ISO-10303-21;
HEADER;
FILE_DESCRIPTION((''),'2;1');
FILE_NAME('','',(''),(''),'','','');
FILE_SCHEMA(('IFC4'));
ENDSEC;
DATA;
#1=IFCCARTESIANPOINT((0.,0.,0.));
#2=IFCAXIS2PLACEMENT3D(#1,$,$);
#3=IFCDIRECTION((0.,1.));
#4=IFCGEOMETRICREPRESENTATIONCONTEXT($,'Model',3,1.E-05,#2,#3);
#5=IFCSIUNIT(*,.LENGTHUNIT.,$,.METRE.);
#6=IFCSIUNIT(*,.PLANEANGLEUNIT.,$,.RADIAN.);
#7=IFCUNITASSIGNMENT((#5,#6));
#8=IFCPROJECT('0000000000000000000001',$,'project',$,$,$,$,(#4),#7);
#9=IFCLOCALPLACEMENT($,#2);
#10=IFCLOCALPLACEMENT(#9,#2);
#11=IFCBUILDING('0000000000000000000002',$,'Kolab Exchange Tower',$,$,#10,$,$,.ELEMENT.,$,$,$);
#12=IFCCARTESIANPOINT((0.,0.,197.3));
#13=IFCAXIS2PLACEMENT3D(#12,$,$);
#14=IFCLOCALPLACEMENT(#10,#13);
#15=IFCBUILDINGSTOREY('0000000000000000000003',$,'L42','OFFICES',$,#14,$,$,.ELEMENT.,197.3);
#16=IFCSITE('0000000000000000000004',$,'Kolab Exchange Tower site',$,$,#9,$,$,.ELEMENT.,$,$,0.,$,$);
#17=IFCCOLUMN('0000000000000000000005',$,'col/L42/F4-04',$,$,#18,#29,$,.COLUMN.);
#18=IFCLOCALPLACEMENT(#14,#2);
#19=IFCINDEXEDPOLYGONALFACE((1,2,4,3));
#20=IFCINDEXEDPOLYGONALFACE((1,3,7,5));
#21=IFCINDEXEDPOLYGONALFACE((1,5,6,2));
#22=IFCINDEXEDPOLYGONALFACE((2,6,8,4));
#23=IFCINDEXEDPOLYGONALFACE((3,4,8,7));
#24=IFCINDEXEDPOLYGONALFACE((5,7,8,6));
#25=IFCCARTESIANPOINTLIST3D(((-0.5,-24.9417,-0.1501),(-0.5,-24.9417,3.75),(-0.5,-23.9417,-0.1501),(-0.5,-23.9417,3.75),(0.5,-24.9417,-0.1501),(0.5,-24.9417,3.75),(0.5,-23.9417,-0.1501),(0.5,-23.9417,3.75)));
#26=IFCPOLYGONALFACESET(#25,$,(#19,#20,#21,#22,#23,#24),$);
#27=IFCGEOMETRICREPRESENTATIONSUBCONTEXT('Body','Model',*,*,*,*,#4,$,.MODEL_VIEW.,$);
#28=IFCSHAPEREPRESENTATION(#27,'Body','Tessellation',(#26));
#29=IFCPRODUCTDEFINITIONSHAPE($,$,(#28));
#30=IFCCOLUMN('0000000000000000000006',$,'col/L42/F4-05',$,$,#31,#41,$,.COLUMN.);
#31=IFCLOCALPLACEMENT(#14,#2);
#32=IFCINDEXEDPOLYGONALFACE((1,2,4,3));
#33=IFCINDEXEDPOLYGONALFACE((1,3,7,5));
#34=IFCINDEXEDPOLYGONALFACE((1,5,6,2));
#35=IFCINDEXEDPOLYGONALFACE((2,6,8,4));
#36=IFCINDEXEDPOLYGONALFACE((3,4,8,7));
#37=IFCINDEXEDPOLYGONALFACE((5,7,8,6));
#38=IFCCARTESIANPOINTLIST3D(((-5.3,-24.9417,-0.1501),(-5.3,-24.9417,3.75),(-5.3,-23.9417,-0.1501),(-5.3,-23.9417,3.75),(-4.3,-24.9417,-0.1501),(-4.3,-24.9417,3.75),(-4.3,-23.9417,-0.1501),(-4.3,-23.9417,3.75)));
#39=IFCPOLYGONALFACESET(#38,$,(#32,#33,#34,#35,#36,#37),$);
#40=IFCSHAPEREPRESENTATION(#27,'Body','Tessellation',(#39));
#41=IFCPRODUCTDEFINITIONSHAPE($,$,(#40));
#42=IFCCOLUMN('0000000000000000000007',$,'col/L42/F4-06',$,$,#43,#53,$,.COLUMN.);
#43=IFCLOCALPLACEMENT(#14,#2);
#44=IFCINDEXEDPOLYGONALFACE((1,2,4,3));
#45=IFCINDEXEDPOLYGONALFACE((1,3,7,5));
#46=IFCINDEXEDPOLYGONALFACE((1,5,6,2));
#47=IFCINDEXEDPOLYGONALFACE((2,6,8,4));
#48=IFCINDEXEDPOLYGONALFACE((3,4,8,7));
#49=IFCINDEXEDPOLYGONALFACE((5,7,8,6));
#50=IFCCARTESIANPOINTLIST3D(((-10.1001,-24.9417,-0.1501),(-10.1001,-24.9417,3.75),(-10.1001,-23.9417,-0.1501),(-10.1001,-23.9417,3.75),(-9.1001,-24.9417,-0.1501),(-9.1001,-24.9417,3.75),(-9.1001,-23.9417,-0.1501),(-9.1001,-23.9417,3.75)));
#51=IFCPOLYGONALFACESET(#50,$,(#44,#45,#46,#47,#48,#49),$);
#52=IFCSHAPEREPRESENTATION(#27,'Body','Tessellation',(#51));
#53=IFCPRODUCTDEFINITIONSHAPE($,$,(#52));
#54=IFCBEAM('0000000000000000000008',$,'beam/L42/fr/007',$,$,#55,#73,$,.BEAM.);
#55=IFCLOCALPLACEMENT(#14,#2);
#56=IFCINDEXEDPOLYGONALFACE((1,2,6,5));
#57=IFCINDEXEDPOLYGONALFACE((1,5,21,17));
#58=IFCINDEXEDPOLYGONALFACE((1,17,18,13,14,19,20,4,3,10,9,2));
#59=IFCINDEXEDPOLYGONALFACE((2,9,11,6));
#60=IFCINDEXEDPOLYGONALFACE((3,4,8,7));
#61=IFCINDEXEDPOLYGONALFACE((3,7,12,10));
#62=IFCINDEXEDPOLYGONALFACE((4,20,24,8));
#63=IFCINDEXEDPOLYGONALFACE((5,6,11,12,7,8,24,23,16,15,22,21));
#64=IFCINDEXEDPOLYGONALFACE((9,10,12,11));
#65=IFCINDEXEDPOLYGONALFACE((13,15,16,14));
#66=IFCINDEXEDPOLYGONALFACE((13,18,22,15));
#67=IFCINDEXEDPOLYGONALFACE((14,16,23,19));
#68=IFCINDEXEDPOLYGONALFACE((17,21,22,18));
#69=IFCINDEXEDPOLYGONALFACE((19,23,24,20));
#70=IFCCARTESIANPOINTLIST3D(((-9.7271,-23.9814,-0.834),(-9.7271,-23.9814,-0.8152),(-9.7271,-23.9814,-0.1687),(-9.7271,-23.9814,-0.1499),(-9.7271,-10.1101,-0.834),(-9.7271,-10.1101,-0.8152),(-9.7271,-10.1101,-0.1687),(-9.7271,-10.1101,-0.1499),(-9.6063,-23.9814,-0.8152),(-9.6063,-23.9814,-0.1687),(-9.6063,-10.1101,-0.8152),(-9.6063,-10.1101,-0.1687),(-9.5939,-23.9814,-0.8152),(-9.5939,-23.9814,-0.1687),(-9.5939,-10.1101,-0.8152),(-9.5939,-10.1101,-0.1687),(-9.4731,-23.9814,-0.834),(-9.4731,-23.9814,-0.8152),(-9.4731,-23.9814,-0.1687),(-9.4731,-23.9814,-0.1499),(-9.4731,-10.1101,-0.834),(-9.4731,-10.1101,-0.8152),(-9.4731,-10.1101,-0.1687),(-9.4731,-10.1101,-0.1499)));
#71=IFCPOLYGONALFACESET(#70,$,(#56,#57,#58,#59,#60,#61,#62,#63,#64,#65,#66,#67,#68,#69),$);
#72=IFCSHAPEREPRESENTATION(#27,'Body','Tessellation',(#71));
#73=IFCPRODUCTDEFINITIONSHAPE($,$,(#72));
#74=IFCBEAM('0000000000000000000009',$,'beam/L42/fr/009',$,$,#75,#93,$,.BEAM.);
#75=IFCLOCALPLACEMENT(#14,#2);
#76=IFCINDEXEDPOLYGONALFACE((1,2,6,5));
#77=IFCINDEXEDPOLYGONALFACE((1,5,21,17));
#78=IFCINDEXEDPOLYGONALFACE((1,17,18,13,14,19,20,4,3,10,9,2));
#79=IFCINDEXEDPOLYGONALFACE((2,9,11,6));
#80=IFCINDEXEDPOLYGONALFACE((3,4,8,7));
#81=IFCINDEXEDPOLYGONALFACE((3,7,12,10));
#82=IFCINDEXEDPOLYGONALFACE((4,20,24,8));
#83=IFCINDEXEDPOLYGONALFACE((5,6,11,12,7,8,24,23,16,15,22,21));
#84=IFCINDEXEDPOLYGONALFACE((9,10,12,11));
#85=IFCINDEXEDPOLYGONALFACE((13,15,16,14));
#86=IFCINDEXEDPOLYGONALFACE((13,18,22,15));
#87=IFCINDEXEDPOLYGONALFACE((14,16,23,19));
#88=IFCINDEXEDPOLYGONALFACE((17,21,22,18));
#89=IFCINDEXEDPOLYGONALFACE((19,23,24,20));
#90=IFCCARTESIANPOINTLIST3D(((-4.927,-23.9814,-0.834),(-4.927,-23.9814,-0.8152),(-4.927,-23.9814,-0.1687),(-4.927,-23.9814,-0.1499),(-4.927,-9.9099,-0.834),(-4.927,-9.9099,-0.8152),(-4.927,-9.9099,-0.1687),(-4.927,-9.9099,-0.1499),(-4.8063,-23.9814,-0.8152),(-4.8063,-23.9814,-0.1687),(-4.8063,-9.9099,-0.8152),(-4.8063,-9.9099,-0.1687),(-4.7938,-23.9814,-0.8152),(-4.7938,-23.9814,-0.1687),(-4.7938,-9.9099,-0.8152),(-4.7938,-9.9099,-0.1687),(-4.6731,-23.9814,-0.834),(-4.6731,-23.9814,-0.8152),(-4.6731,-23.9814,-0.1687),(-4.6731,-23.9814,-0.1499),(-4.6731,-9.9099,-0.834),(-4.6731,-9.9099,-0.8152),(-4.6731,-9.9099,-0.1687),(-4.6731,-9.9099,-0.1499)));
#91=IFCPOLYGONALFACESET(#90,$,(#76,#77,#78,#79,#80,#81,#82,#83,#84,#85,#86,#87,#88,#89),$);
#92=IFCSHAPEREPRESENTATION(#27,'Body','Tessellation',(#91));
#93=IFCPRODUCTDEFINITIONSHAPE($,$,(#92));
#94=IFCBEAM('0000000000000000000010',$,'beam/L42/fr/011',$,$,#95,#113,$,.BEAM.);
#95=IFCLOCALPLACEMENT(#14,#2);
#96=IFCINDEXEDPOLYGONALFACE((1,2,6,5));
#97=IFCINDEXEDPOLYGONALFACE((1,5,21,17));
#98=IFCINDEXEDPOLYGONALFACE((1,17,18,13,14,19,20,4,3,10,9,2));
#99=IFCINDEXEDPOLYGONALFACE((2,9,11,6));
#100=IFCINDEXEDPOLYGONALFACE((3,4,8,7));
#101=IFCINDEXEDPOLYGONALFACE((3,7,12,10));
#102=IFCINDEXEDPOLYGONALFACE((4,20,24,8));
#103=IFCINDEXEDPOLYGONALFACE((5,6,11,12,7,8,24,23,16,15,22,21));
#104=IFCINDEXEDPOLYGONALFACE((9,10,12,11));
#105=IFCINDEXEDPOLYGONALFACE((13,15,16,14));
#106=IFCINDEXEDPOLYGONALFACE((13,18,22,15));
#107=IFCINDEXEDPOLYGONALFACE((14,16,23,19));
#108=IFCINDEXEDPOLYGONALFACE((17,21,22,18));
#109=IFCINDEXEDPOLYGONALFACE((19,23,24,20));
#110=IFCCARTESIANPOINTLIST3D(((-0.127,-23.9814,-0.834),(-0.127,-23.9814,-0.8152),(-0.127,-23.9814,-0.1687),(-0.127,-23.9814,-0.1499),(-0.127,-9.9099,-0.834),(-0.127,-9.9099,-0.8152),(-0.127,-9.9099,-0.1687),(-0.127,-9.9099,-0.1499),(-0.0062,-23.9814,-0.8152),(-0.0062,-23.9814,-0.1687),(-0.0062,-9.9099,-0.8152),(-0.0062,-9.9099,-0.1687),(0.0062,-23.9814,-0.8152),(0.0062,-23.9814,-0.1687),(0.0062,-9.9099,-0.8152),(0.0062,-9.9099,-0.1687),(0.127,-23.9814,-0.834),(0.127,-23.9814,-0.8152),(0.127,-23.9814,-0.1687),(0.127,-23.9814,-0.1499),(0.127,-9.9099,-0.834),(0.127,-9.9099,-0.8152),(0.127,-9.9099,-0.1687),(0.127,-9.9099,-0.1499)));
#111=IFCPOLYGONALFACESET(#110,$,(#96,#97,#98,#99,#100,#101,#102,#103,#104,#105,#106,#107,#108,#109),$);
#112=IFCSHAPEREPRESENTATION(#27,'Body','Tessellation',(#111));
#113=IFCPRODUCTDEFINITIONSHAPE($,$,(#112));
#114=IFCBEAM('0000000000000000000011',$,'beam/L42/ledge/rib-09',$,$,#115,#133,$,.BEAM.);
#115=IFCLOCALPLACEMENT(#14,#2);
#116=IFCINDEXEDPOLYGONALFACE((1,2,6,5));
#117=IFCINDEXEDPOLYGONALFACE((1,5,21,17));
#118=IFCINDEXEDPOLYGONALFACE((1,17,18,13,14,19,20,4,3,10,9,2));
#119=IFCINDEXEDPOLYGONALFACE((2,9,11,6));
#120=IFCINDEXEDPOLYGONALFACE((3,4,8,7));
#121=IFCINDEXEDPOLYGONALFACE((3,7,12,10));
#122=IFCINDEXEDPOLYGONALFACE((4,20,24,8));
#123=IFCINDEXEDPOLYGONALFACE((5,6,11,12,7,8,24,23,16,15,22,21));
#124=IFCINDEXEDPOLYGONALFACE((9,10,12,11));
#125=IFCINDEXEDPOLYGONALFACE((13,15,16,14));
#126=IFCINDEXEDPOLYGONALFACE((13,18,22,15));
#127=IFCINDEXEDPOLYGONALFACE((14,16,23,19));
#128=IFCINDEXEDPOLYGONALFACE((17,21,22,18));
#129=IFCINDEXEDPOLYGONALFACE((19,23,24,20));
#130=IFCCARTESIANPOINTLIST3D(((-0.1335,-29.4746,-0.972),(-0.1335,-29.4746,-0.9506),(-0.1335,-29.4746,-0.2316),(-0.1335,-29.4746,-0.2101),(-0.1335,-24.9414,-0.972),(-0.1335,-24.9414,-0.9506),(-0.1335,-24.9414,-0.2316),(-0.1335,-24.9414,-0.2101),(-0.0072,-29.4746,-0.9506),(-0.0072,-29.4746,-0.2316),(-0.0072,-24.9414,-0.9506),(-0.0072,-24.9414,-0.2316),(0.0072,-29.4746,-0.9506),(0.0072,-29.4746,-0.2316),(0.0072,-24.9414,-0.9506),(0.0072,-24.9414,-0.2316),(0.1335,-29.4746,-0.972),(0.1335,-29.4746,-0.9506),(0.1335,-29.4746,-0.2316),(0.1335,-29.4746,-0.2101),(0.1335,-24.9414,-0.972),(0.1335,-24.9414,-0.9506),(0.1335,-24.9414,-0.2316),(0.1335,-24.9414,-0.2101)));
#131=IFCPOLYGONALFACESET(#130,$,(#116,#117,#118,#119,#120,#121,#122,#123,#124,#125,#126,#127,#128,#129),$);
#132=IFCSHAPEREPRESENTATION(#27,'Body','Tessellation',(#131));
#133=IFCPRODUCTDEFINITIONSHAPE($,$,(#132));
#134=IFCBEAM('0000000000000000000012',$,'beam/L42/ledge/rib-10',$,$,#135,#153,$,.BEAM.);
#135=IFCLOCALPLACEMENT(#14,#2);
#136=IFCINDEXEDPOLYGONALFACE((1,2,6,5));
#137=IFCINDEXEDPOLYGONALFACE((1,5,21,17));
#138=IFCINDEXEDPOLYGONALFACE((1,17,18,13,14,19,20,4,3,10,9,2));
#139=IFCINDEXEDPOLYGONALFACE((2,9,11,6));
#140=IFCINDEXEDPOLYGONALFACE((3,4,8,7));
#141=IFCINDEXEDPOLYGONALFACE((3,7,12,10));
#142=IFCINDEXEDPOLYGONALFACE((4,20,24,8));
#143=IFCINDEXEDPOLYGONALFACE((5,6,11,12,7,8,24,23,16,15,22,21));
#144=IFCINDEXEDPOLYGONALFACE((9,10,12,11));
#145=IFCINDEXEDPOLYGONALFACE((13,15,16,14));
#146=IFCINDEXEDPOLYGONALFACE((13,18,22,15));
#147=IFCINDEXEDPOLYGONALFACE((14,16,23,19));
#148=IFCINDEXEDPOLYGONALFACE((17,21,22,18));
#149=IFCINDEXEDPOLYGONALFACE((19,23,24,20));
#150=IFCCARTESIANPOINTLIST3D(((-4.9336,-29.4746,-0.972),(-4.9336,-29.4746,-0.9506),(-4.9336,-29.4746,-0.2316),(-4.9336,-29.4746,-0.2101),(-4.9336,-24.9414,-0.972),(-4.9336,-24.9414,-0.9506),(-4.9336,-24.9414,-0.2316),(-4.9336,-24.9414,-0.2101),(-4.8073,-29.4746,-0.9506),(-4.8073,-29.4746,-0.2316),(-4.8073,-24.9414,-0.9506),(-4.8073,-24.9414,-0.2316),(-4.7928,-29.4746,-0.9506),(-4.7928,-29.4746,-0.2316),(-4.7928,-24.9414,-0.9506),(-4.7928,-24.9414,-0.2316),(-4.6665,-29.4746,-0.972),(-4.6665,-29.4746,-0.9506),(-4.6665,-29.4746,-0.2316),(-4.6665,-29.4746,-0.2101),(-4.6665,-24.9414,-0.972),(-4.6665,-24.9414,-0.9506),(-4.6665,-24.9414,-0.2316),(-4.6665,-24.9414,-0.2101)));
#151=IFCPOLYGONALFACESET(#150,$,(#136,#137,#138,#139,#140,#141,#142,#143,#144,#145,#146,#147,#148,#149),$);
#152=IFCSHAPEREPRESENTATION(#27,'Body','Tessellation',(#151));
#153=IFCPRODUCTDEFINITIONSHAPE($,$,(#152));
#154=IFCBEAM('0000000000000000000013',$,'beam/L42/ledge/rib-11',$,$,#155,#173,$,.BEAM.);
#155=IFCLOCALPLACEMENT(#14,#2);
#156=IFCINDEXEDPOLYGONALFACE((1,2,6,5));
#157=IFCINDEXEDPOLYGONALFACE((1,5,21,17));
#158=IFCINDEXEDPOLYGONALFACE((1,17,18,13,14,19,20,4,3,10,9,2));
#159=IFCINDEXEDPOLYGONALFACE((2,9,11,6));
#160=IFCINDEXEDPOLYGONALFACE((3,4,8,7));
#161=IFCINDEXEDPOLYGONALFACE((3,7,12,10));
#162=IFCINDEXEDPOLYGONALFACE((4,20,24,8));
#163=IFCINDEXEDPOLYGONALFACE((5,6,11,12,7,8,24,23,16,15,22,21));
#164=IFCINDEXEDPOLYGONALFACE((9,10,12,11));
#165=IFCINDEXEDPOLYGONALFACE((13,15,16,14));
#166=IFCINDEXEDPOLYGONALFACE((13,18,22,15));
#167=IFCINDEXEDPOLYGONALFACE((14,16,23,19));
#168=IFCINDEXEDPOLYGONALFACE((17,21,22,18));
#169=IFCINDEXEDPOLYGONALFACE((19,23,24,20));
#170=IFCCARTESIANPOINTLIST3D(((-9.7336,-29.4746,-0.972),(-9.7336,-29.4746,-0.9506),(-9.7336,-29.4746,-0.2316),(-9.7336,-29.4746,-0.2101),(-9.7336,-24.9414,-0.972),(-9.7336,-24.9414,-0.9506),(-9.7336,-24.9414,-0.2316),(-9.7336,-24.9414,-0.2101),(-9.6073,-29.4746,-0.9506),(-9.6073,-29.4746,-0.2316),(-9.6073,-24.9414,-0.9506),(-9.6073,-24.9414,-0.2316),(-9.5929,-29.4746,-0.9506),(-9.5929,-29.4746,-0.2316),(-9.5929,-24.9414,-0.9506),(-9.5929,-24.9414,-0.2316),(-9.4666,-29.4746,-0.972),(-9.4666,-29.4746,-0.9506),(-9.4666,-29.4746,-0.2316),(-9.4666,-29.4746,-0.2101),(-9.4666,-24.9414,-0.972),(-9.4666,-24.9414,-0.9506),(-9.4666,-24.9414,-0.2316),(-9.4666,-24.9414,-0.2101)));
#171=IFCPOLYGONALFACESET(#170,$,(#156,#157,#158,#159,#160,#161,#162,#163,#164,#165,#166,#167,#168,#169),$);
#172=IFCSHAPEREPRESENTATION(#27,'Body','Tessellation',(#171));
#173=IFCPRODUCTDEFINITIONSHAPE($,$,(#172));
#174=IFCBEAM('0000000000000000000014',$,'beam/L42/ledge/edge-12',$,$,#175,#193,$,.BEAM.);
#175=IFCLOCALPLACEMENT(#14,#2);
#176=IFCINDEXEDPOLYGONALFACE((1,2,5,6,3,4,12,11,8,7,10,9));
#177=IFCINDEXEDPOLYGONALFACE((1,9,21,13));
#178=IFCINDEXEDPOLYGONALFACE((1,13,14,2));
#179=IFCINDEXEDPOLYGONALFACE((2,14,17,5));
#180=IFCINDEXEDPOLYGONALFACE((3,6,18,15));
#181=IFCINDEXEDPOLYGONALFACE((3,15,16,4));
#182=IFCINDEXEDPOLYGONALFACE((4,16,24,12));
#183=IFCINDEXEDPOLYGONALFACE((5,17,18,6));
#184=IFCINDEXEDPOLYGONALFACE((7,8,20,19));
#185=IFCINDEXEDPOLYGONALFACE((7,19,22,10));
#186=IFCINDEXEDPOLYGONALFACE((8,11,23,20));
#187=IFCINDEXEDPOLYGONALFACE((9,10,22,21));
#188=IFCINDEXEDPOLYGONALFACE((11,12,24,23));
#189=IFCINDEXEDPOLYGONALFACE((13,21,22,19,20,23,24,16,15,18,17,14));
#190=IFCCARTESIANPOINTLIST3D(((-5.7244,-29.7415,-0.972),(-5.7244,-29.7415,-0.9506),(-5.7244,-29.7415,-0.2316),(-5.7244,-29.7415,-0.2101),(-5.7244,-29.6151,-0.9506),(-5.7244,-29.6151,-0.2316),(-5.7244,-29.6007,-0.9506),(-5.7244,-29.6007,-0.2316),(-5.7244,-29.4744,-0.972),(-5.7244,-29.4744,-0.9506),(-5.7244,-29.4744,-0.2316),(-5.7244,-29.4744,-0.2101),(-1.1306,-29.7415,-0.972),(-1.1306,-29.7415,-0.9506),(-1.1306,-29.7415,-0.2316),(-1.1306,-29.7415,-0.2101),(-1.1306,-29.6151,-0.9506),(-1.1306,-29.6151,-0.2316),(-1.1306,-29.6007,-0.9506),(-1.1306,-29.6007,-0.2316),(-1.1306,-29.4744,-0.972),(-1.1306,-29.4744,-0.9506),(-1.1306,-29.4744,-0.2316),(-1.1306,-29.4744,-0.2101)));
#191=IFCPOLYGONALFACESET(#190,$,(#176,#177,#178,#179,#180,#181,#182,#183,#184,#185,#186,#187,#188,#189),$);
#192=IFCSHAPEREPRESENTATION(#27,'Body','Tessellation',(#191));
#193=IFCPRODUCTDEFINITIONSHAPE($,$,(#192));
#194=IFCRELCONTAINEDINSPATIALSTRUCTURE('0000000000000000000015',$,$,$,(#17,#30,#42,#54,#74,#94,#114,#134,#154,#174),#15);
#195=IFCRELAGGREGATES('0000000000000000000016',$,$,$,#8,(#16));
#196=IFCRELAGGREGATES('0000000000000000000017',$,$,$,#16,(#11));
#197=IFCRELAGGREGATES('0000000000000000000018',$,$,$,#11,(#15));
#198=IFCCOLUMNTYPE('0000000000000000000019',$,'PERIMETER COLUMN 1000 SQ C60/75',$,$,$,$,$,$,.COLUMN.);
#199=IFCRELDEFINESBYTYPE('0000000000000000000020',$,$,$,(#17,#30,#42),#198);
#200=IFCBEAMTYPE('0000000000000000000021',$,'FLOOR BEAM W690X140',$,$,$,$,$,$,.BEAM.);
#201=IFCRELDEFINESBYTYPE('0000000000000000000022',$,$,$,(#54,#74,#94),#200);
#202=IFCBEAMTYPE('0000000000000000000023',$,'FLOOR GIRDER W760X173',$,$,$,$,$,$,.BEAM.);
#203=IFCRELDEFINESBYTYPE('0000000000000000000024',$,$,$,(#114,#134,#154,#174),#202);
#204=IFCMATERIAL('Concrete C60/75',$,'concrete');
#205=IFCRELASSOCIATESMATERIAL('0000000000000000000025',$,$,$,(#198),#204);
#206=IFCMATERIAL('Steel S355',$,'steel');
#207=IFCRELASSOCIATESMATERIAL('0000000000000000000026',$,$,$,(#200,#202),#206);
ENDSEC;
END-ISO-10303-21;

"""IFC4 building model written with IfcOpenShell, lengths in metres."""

from ifc_helpers import new_model, si_unit, direction, frame, origin, origin_2d, place, context, subcontext, project, spatial, rectangle, i_section, extrude, material, material_profile, profile_set, type_object, element, save


model = new_model("IFC4")

# Units and contexts
model_context = context("Model", 3, precision=1e-05, world=origin(), true_north=direction((0.0, 1.0)))
body_context = subcontext(model_context, "Body", "Model", "MODEL_VIEW")
ifc_project = project(units=[si_unit("LENGTHUNIT", "METRE"), si_unit("PLANEANGLEUNIT", "RADIAN")], contexts=[model_context])

# Site, building, storey
site_placement = place(None, origin())
site = spatial("IfcSite", under=ifc_project, at=site_placement, Name="Kolab Exchange Tower site", CompositionType="ELEMENT", RefElevation=0.0)
building_placement = place(site_placement, origin())
building = spatial("IfcBuilding", under=site, at=building_placement, Name="Kolab Exchange Tower", CompositionType="ELEMENT")
storey_placement = place(building_placement, frame((0.0, 0.0, 197.3)))
storey = spatial("IfcBuildingStorey", under=building, at=storey_placement, Name="L42", Description="OFFICES", CompositionType="ELEMENT", Elevation=197.3)

# Columns
ifc_material_1 = material(Name="Concrete C60/75", Category="concrete")
ifc_material_profile_1 = material_profile(ifc_material_1, rectangle(XDim=1.0, YDim=1.0, at=origin_2d()), Name="RC1000")
ifc_profile_set_1 = profile_set([ifc_material_profile_1], Name="Concrete C60/75")
column_type = type_object("IfcColumnType", Name="PERIMETER COLUMN 1000 SQ C60/75", PredefinedType="COLUMN", material=ifc_profile_set_1)
for number, where, z_axis, x_axis, name in (
    (1, (0.0, -24.4417, -0.1501), (0.0, 0.0, 1.0), (1.0, 0.0, 0.0), "col/L42/F4-04"),
    (2, (-4.8, -24.4417, -0.1501), (0.0, 0.0, 1.0), (1.0, 0.0, 0.0), "col/L42/F4-05"),
    (3, (-9.6001, -24.4417, -0.1501), (0.0, 0.0, 1.0), (1.0, 0.0, 0.0), "col/L42/F4-06"),
):
    element("IfcColumn", number, at=place(storey_placement, frame(where, z_axis=z_axis, x_axis=x_axis)), inside=storey, type_object=column_type, Name=name, PredefinedType="COLUMN", context=body_context, shape_type="SweptSolid", body=[
        extrude(rectangle(XDim=1.0, YDim=1.0, at=origin_2d()), origin(), (0.0, 0.0, 1.0), 3.9001),
    ])

# Beams
ifc_material_2 = material(Name="Steel S355", Category="steel")
ifc_material_profile_2 = material_profile(ifc_material_2, i_section(OverallWidth=0.2539, OverallDepth=0.6841, WebThickness=0.0125, FlangeThickness=0.0188, at=origin_2d()), Name="W690X140")
ifc_profile_set_2 = profile_set([ifc_material_profile_2], Name="Steel S355")
beam_type_1 = type_object("IfcBeamType", Name="FLOOR BEAM W690X140", PredefinedType="BEAM", material=ifc_profile_set_2)
beam_1_placement = place(storey_placement, frame((-9.6001, -23.9814, -0.4919), z_axis=(0.0, 1.0, 0.0), x_axis=(-1.0, 0.0, 0.0)))
element("IfcBeam", 4, at=beam_1_placement, inside=storey, type_object=beam_type_1, Name="beam/L42/fr/007", PredefinedType="BEAM", context=body_context, shape_type="SweptSolid", body=[
    extrude(i_section(OverallWidth=0.2539, OverallDepth=0.6841, WebThickness=0.0125, FlangeThickness=0.0188, at=origin_2d()), origin(), (0.0, 0.0, 1.0), 13.8713),
])
for number, where, z_axis, x_axis, name in (
    (5, (-4.8, -23.9814, -0.4919), (0.0, 1.0, 0.0), (-1.0, 0.0, 0.0), "beam/L42/fr/009"),
    (6, (0.0, -23.9814, -0.4919), (0.0, 1.0, 0.0), (-1.0, 0.0, 0.0), "beam/L42/fr/011"),
):
    element("IfcBeam", number, at=place(storey_placement, frame(where, z_axis=z_axis, x_axis=x_axis)), inside=storey, type_object=beam_type_1, Name=name, PredefinedType="BEAM", context=body_context, shape_type="SweptSolid", body=[
        extrude(i_section(OverallWidth=0.2539, OverallDepth=0.6841, WebThickness=0.0125, FlangeThickness=0.0188, at=origin_2d()), origin(), (0.0, 0.0, 1.0), 14.0715),
    ])
ifc_material_profile_3 = material_profile(ifc_material_2, i_section(OverallWidth=0.2671, OverallDepth=0.762, WebThickness=0.0144, FlangeThickness=0.0215, at=origin_2d()), Name="W760X173")
ifc_profile_set_3 = profile_set([ifc_material_profile_3], Name="Steel S355")
beam_type_2 = type_object("IfcBeamType", Name="FLOOR GIRDER W760X173", PredefinedType="BEAM", material=ifc_profile_set_3)
for number, where, z_axis, x_axis, name in (
    (7, (0.0, -24.9414, -0.5911), (0.0, -1.0, 0.0), (1.0, 0.0, 0.0), "beam/L42/ledge/rib-09"),
    (8, (-4.8, -24.9414, -0.5911), (0.0, -1.0, 0.0), (1.0, 0.0, 0.0), "beam/L42/ledge/rib-10"),
    (9, (-9.6001, -24.9414, -0.5911), (0.0, -1.0, 0.0), (1.0, 0.0, 0.0), "beam/L42/ledge/rib-11"),
):
    element("IfcBeam", number, at=place(storey_placement, frame(where, z_axis=z_axis, x_axis=x_axis)), inside=storey, type_object=beam_type_2, Name=name, PredefinedType="BEAM", context=body_context, shape_type="SweptSolid", body=[
        extrude(i_section(OverallWidth=0.2671, OverallDepth=0.762, WebThickness=0.0144, FlangeThickness=0.0215, at=origin_2d()), origin(), (0.0, 0.0, 1.0), 4.5332),
    ])
for number, where, z_axis, x_axis, name in (
    (10, (-1.1306, -29.6079, -0.5911), (-1.0, 0.0, 0.0), (0.0, -1.0, 0.0), "beam/L42/ledge/edge-12"),
):
    element("IfcBeam", number, at=place(storey_placement, frame(where, z_axis=z_axis, x_axis=x_axis)), inside=storey, type_object=beam_type_2, Name=name, PredefinedType="BEAM", context=body_context, shape_type="SweptSolid", body=[
        extrude(i_section(OverallWidth=0.2671, OverallDepth=0.762, WebThickness=0.0144, FlangeThickness=0.0215, at=origin_2d()), origin(), (0.0, 0.0, 1.0), 4.5938),
    ])

save(model, "model.ifc")
